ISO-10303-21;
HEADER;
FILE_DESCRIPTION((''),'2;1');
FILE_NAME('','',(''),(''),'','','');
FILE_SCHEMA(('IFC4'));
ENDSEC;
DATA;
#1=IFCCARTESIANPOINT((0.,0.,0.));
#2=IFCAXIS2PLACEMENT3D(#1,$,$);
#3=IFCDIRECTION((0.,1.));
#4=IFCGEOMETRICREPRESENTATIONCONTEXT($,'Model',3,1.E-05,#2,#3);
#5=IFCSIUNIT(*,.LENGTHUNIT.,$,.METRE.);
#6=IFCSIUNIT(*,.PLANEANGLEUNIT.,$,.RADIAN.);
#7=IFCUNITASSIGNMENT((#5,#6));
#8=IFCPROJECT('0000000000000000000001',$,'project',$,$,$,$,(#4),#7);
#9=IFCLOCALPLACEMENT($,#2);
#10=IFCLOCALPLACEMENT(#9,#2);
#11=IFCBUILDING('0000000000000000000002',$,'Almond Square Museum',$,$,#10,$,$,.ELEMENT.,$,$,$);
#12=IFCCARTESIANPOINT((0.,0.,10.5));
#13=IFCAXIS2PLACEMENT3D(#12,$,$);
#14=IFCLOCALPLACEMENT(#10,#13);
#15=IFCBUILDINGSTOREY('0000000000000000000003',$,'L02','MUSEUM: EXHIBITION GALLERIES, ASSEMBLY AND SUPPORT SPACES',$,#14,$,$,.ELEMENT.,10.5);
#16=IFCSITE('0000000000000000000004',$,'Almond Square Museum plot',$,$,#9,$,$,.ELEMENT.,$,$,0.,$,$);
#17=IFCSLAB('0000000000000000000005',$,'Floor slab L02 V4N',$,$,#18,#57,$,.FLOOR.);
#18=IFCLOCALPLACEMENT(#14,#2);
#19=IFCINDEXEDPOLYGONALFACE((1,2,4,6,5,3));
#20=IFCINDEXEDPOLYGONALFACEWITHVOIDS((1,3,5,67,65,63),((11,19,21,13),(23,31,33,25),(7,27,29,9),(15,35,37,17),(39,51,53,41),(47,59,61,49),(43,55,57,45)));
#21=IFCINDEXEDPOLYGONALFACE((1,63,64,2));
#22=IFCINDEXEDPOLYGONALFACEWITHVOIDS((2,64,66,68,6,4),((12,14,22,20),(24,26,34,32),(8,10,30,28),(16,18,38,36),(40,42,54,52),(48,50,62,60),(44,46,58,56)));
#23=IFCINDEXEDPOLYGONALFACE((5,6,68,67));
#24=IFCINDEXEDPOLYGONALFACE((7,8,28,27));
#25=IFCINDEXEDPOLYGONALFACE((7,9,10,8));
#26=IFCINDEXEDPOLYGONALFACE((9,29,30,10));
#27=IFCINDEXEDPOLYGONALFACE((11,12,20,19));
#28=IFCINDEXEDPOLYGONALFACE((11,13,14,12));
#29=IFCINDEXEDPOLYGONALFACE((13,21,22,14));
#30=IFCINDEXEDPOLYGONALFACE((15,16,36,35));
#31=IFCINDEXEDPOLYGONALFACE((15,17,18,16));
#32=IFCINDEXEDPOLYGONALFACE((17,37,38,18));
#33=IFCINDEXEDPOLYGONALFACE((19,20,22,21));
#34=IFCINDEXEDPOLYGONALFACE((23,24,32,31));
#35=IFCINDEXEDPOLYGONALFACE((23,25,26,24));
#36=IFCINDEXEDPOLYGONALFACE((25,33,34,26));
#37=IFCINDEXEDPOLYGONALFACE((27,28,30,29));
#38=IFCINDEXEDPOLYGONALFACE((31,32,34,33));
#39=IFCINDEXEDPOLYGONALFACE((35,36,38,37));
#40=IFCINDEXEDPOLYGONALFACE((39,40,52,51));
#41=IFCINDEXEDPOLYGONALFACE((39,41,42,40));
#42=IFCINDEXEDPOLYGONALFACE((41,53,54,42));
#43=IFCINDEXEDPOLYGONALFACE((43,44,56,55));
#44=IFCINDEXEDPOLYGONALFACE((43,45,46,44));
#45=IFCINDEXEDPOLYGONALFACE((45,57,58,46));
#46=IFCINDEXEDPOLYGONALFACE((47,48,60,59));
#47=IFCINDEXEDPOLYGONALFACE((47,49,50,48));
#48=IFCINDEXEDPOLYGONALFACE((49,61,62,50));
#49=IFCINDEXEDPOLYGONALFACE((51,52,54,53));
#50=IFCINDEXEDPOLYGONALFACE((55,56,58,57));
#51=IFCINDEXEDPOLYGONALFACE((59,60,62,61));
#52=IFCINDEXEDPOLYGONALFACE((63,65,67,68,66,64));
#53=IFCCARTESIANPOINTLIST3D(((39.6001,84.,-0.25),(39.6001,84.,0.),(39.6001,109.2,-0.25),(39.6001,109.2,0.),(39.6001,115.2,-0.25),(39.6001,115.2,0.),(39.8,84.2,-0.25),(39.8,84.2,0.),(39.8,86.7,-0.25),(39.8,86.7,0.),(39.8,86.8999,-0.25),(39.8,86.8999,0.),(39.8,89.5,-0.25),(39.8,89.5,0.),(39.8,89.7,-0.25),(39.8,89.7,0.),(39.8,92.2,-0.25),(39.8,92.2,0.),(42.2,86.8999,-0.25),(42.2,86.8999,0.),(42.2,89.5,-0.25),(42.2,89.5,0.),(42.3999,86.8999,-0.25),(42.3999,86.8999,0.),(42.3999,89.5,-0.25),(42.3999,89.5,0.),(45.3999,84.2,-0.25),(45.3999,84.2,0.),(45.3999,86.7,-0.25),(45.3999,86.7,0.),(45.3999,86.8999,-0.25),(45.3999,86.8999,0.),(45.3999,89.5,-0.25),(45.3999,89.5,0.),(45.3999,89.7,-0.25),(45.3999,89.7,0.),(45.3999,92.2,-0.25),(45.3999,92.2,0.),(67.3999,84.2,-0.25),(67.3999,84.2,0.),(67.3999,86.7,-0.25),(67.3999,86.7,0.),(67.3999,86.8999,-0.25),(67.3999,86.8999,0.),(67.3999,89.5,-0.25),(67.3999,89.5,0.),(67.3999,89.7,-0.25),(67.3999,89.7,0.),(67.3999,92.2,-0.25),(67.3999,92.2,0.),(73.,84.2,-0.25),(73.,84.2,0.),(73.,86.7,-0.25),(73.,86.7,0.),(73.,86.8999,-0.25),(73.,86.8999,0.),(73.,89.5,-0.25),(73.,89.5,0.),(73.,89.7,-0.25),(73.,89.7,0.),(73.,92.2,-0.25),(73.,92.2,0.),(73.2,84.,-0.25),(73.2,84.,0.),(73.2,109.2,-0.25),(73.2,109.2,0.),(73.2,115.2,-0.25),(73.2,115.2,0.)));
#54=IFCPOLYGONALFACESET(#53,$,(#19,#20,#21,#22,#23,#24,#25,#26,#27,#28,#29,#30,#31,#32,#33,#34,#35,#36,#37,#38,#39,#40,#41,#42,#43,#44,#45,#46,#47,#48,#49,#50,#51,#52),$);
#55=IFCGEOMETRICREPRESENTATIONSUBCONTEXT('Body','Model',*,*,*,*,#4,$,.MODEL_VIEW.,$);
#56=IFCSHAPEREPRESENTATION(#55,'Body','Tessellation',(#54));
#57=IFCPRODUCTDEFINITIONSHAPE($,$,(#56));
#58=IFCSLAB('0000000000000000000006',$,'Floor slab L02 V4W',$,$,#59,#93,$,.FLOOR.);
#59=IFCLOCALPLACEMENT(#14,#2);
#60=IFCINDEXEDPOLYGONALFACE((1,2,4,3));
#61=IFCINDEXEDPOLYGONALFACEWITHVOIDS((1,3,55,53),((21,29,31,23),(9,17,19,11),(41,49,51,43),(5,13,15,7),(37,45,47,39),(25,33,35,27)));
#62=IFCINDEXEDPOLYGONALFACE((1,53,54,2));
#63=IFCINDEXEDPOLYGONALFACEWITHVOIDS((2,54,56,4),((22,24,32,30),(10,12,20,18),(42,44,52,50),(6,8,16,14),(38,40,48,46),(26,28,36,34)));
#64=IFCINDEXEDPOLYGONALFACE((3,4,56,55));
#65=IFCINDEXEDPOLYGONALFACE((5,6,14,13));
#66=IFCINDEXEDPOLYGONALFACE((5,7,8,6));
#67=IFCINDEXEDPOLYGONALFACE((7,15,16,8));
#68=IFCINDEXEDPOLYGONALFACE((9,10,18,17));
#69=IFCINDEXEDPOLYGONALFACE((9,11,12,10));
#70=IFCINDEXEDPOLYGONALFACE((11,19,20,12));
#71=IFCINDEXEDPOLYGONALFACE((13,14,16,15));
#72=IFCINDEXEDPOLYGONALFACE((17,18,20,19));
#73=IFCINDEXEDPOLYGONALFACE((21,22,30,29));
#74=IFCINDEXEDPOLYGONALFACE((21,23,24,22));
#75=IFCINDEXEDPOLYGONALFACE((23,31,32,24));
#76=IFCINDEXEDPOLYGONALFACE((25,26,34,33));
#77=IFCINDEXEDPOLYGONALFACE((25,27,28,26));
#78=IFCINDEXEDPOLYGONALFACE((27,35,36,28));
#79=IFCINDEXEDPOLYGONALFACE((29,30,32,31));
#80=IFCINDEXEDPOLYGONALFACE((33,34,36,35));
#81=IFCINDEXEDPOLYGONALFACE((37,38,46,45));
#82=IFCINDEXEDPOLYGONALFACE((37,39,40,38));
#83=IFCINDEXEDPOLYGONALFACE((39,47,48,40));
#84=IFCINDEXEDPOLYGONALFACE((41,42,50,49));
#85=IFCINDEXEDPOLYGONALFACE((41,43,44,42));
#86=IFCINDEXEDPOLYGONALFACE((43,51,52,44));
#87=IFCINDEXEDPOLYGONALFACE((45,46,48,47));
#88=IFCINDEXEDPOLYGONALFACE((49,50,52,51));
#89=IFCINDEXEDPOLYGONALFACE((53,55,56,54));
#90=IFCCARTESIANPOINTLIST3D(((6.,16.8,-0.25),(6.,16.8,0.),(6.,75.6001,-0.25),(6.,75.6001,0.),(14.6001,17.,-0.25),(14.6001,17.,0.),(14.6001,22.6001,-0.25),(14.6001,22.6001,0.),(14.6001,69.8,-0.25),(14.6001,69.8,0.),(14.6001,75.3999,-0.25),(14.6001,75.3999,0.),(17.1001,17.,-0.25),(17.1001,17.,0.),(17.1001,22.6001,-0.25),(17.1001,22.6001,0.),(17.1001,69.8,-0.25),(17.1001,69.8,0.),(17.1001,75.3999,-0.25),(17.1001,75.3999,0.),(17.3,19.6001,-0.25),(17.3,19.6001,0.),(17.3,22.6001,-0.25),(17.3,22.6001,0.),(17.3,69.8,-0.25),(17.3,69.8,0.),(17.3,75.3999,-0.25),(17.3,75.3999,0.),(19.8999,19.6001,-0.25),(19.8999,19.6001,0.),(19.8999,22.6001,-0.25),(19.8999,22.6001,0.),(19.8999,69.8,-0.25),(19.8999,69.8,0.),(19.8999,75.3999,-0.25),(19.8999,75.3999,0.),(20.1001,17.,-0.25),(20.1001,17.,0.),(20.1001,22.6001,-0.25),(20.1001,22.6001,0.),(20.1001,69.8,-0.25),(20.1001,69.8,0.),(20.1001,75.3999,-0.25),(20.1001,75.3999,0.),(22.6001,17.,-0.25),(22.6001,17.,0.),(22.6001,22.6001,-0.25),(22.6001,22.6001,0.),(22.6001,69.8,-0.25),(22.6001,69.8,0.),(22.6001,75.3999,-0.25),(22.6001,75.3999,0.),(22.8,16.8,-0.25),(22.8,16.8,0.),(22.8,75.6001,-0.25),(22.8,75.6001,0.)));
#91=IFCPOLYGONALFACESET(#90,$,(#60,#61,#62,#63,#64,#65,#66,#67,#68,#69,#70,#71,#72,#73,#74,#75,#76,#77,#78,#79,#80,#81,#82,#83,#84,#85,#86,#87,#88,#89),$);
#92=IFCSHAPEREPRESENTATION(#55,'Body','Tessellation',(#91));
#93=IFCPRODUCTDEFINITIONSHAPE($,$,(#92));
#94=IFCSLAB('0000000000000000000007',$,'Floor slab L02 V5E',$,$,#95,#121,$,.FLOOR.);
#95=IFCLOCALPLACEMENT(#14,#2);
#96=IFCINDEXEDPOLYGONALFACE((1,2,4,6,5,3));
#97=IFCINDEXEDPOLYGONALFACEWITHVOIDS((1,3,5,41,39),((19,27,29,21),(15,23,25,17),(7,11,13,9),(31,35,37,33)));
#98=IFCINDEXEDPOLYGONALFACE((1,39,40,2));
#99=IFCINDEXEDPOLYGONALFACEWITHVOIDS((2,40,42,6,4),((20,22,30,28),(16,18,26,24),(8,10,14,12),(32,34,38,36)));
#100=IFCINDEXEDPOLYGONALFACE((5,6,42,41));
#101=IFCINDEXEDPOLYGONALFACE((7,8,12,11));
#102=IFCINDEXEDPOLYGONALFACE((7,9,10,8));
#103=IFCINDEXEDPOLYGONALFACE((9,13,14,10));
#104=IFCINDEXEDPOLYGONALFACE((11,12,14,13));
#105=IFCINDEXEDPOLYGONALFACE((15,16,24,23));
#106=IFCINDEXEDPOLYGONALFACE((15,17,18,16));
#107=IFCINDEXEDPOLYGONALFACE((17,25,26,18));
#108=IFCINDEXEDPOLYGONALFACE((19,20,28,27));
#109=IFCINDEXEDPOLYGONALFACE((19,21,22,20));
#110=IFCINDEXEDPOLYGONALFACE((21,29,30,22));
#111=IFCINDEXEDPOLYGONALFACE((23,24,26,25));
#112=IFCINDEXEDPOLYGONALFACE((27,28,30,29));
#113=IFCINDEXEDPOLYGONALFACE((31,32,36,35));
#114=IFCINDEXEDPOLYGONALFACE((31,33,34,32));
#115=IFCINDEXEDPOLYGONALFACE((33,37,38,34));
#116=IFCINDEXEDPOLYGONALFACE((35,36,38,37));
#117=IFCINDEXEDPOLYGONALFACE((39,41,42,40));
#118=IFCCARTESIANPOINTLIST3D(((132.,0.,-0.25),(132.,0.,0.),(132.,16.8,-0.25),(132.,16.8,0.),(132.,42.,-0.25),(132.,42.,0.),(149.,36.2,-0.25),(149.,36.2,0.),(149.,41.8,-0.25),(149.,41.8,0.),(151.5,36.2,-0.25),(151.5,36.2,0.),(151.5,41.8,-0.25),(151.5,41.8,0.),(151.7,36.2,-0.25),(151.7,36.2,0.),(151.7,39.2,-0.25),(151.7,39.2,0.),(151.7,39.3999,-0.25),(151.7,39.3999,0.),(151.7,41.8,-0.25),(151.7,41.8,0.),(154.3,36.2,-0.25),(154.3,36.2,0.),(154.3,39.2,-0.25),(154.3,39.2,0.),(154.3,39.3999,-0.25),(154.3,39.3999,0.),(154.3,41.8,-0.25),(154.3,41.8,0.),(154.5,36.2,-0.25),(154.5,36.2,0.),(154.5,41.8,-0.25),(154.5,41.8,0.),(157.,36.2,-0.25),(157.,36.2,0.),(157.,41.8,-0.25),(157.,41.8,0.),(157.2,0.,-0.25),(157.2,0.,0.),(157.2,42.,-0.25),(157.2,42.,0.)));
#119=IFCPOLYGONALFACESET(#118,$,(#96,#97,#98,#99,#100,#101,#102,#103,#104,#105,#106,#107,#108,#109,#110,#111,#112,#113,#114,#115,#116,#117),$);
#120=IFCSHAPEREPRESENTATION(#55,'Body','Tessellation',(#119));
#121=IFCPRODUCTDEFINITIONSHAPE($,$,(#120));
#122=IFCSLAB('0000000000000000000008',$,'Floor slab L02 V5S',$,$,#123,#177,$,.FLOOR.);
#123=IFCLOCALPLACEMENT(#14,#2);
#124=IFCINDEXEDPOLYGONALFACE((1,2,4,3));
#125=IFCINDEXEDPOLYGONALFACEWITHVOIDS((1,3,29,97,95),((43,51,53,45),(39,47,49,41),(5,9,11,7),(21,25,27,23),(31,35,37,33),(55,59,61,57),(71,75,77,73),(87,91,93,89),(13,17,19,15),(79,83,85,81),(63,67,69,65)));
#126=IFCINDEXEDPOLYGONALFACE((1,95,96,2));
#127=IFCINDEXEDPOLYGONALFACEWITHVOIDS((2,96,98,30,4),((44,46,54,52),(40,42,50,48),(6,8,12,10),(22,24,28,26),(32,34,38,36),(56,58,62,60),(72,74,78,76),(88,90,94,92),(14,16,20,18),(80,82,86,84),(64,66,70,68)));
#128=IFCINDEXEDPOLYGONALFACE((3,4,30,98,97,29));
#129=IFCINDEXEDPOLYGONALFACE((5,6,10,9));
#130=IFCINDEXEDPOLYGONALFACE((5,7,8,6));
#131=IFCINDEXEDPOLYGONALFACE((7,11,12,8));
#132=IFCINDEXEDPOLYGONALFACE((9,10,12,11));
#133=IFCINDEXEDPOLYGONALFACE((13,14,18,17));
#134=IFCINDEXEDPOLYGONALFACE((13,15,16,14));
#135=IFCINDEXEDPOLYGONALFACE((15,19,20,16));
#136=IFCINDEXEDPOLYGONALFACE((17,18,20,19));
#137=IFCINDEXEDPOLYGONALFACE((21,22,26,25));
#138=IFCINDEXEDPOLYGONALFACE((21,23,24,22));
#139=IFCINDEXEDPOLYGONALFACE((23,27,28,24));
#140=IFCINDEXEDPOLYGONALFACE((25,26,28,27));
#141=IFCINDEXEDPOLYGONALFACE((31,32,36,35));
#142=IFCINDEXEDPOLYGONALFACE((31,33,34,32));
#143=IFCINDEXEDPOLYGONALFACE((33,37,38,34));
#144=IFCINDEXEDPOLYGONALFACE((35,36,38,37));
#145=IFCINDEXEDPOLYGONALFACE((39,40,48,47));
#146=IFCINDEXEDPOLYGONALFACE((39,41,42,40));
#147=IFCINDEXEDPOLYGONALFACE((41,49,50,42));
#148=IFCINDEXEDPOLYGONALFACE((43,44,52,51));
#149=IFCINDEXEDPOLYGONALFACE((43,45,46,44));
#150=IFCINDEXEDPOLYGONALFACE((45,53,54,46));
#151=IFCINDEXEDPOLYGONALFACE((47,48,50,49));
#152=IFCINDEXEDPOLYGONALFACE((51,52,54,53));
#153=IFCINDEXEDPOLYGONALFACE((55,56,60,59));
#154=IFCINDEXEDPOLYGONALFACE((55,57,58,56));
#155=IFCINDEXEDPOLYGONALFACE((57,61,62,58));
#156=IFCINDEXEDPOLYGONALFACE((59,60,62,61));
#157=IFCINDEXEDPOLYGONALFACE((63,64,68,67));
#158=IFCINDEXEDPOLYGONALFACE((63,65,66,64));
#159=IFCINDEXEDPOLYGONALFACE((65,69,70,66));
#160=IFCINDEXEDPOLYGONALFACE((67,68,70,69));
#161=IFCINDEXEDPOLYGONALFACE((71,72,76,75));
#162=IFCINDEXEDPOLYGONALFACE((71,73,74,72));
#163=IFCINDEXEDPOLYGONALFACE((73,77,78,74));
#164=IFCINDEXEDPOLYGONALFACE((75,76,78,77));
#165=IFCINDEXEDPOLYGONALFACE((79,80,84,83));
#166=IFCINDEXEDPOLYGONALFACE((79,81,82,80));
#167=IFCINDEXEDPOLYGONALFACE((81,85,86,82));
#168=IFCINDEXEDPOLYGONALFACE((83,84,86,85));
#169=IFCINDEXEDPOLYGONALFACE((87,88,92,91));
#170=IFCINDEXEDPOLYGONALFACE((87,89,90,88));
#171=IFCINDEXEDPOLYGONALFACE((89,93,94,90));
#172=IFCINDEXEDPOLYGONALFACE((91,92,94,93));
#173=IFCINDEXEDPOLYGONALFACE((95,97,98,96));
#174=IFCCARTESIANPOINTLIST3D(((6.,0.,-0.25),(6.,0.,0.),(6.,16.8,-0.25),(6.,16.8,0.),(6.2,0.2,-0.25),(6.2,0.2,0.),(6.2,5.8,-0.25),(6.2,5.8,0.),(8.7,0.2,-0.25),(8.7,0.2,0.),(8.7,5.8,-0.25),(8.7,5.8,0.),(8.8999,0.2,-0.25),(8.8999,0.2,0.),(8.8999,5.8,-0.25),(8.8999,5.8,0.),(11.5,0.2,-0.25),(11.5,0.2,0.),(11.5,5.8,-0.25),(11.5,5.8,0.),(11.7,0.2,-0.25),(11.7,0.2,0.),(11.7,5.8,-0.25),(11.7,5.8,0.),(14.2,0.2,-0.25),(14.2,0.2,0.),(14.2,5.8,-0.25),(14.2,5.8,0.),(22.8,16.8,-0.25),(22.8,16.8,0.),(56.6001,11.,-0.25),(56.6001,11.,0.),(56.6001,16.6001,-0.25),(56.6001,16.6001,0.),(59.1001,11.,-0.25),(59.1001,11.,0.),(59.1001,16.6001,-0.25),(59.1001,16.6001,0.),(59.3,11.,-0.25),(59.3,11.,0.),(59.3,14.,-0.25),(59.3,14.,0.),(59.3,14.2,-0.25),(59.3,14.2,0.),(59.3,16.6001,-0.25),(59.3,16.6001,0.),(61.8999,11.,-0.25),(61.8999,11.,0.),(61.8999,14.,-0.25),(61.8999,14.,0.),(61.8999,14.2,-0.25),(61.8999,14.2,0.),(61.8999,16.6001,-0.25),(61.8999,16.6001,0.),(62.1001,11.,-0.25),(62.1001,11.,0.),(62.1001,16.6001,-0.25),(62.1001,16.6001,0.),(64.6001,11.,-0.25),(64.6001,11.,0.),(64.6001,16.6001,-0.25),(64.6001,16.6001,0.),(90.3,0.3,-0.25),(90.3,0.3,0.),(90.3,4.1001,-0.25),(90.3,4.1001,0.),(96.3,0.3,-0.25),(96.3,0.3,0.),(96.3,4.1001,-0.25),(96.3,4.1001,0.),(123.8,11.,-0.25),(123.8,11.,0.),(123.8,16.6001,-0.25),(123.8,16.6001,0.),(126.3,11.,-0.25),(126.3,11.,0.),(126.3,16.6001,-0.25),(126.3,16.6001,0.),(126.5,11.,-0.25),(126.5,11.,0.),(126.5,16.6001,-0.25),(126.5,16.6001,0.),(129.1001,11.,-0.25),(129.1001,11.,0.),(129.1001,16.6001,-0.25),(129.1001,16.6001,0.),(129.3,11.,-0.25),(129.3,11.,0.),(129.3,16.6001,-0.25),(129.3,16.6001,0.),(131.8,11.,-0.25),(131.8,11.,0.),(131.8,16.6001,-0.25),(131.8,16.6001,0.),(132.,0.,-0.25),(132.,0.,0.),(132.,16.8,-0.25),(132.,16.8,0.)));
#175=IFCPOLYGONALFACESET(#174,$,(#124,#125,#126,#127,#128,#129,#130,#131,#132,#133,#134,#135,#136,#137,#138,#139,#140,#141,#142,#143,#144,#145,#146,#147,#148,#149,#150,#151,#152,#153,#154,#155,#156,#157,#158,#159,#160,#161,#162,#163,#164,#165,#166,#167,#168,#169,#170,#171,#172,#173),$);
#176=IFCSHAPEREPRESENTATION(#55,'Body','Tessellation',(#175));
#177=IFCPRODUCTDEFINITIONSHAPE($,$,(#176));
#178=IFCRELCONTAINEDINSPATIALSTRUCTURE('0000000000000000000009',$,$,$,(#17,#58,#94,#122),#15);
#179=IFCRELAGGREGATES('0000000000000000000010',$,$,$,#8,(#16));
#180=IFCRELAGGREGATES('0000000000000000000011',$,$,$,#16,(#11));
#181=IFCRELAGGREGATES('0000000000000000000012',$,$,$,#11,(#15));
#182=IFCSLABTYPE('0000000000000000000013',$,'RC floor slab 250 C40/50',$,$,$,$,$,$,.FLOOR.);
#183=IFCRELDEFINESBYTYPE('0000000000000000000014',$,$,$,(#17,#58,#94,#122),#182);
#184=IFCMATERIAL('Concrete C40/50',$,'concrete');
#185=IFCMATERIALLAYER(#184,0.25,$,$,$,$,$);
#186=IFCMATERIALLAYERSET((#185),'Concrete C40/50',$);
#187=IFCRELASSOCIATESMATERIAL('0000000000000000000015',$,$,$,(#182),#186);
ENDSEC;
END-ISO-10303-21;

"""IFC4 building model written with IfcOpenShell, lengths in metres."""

from ifc_helpers import new_model, si_unit, direction, frame, origin, place, context, subcontext, project, spatial, polyline, outline, extrude, material, layer, layer_set, type_object, element, save


model = new_model("IFC4")

# Units and contexts
model_context = context("Model", 3, precision=1e-05, world=origin(), true_north=direction((0.0, 1.0)))
body_context = subcontext(model_context, "Body", "Model", "MODEL_VIEW")
ifc_project = project(units=[si_unit("LENGTHUNIT", "METRE"), si_unit("PLANEANGLEUNIT", "RADIAN")], contexts=[model_context])

# Site, building, storey
site_placement = place(None, origin())
site = spatial("IfcSite", under=ifc_project, at=site_placement, Name="Almond Square Museum plot", CompositionType="ELEMENT", RefElevation=0.0)
building_placement = place(site_placement, origin())
building = spatial("IfcBuilding", under=site, at=building_placement, Name="Almond Square Museum", CompositionType="ELEMENT")
storey_placement = place(building_placement, frame((0.0, 0.0, 10.5)))
storey = spatial("IfcBuildingStorey", under=building, at=storey_placement, Name="L02", Description="MUSEUM: EXHIBITION GALLERIES, ASSEMBLY AND SUPPORT SPACES", CompositionType="ELEMENT", Elevation=10.5)

# Slabs
ifc_material_1 = material(Name="Concrete C40/50", Category="concrete")
ifc_layer_1 = layer(ifc_material_1, 0.25)
ifc_layer_set_1 = layer_set([ifc_layer_1], Name="Concrete C40/50")
slab_type_1 = type_object("IfcSlabType", Name="RC floor slab 250 C40/50", PredefinedType="FLOOR", material=ifc_layer_set_1)
slab_1_placement = place(storey_placement, frame((0.0, 0.0, -0.25)))
element("IfcSlab", 1, at=slab_1_placement, inside=storey, type_object=slab_type_1, Name="Floor slab L02 V4N", PredefinedType="FLOOR", context=body_context, shape_type="SweptSolid", body=[
    extrude(outline(polyline([(73.2, 109.2), (73.2, 84.0), (39.6001, 84.0), (39.6001, 109.2), (39.6001, 115.2), (73.2, 115.2), (73.2, 109.2)]), holes=[polyline([(73.0, 84.2), (73.0, 86.7), (67.3999, 86.7), (67.3999, 84.2), (73.0, 84.2)]), polyline([(39.8, 84.2), (45.3999, 84.2), (45.3999, 86.7), (39.8, 86.7), (39.8, 84.2)]), polyline([(42.3999, 86.8999), (45.3999, 86.8999), (45.3999, 89.5), (42.3999, 89.5), (42.3999, 86.8999)]), polyline([(42.2, 86.8999), (42.2, 89.5), (39.8, 89.5), (39.8, 86.8999), (42.2, 86.8999)]), polyline([(39.8, 89.7), (45.3999, 89.7), (45.3999, 92.2), (39.8, 92.2), (39.8, 89.7)]), polyline([(67.3999, 86.8999), (73.0, 86.8999), (73.0, 89.5), (67.3999, 89.5), (67.3999, 86.8999)]), polyline([(73.0, 89.7), (73.0, 92.2), (67.3999, 92.2), (67.3999, 89.7), (73.0, 89.7)])]), origin(), (0.0, 0.0, 1.0), 0.25),
])
slab_2_placement = place(storey_placement, frame((0.0, 0.0, -0.25)))
element("IfcSlab", 2, at=slab_2_placement, inside=storey, type_object=slab_type_1, Name="Floor slab L02 V4W", PredefinedType="FLOOR", context=body_context, shape_type="SweptSolid", body=[
    extrude(outline(polyline([(22.8, 75.6001), (22.8, 16.8), (6.0, 16.8), (6.0, 75.6001), (22.8, 75.6001)]), holes=[polyline([(14.6001, 17.0), (17.1001, 17.0), (17.1001, 22.6001), (14.6001, 22.6001), (14.6001, 17.0)]), polyline([(20.1001, 17.0), (22.6001, 17.0), (22.6001, 22.6001), (20.1001, 22.6001), (20.1001, 17.0)]), polyline([(17.3, 19.6001), (19.8999, 19.6001), (19.8999, 22.6001), (17.3, 22.6001), (17.3, 19.6001)]), polyline([(14.6001, 69.8), (17.1001, 69.8), (17.1001, 75.3999), (14.6001, 75.3999), (14.6001, 69.8)]), polyline([(17.3, 69.8), (19.8999, 69.8), (19.8999, 75.3999), (17.3, 75.3999), (17.3, 69.8)]), polyline([(20.1001, 69.8), (22.6001, 69.8), (22.6001, 75.3999), (20.1001, 75.3999), (20.1001, 69.8)])]), origin(), (0.0, 0.0, 1.0), 0.25),
])
slab_3_placement = place(storey_placement, frame((0.0, 0.0, -0.25)))
element("IfcSlab", 3, at=slab_3_placement, inside=storey, type_object=slab_type_1, Name="Floor slab L02 V5E", PredefinedType="FLOOR", context=body_context, shape_type="SweptSolid", body=[
    extrude(outline(polyline([(132.0, 0.0), (132.0, 16.8), (132.0, 42.0), (157.2, 42.0), (157.2, 0.0), (132.0, 0.0)]), holes=[polyline([(151.7, 36.2), (154.3, 36.2), (154.3, 39.2), (151.7, 39.2), (151.7, 36.2)]), polyline([(149.0, 36.2), (151.5, 36.2), (151.5, 41.8), (149.0, 41.8), (149.0, 36.2)]), polyline([(157.0, 36.2), (157.0, 41.8), (154.5, 41.8), (154.5, 36.2), (157.0, 36.2)]), polyline([(151.7, 39.3999), (154.3, 39.3999), (154.3, 41.8), (151.7, 41.8), (151.7, 39.3999)])]), origin(), (0.0, 0.0, 1.0), 0.25),
])
slab_4_placement = place(storey_placement, frame((0.0, 0.0, -0.25)))
element("IfcSlab", 4, at=slab_4_placement, inside=storey, type_object=slab_type_1, Name="Floor slab L02 V5S", PredefinedType="FLOOR", context=body_context, shape_type="SweptSolid", body=[
    extrude(outline(polyline([(22.8, 16.8), (132.0, 16.8), (132.0, 0.0), (6.0, 0.0), (6.0, 16.8), (22.8, 16.8)]), holes=[polyline([(11.5, 0.2), (11.5, 5.8), (8.8999, 5.8), (8.8999, 0.2), (11.5, 0.2)]), polyline([(11.7, 0.2), (14.2, 0.2), (14.2, 5.8), (11.7, 5.8), (11.7, 0.2)]), polyline([(6.2, 0.2), (8.7, 0.2), (8.7, 5.8), (6.2, 5.8), (6.2, 0.2)]), polyline([(61.8999, 11.0), (61.8999, 14.0), (59.3, 14.0), (59.3, 11.0), (61.8999, 11.0)]), polyline([(62.1001, 11.0), (64.6001, 11.0), (64.6001, 16.6001), (62.1001, 16.6001), (62.1001, 11.0)]), polyline([(56.6001, 11.0), (59.1001, 11.0), (59.1001, 16.6001), (56.6001, 16.6001), (56.6001, 11.0)]), polyline([(61.8999, 14.2), (61.8999, 16.6001), (59.3, 16.6001), (59.3, 14.2), (61.8999, 14.2)]), polyline([(90.3, 0.3), (96.3, 0.3), (96.3, 4.1001), (90.3, 4.1001), (90.3, 0.3)]), polyline([(129.1001, 11.0), (129.1001, 16.6001), (126.5, 16.6001), (126.5, 11.0), (129.1001, 11.0)]), polyline([(123.8, 11.0), (126.3, 11.0), (126.3, 16.6001), (123.8, 16.6001), (123.8, 11.0)]), polyline([(129.3, 11.0), (131.8, 11.0), (131.8, 16.6001), (129.3, 16.6001), (129.3, 11.0)])]), origin(), (0.0, 0.0, 1.0), 0.25),
])

save(model, "model.ifc")
